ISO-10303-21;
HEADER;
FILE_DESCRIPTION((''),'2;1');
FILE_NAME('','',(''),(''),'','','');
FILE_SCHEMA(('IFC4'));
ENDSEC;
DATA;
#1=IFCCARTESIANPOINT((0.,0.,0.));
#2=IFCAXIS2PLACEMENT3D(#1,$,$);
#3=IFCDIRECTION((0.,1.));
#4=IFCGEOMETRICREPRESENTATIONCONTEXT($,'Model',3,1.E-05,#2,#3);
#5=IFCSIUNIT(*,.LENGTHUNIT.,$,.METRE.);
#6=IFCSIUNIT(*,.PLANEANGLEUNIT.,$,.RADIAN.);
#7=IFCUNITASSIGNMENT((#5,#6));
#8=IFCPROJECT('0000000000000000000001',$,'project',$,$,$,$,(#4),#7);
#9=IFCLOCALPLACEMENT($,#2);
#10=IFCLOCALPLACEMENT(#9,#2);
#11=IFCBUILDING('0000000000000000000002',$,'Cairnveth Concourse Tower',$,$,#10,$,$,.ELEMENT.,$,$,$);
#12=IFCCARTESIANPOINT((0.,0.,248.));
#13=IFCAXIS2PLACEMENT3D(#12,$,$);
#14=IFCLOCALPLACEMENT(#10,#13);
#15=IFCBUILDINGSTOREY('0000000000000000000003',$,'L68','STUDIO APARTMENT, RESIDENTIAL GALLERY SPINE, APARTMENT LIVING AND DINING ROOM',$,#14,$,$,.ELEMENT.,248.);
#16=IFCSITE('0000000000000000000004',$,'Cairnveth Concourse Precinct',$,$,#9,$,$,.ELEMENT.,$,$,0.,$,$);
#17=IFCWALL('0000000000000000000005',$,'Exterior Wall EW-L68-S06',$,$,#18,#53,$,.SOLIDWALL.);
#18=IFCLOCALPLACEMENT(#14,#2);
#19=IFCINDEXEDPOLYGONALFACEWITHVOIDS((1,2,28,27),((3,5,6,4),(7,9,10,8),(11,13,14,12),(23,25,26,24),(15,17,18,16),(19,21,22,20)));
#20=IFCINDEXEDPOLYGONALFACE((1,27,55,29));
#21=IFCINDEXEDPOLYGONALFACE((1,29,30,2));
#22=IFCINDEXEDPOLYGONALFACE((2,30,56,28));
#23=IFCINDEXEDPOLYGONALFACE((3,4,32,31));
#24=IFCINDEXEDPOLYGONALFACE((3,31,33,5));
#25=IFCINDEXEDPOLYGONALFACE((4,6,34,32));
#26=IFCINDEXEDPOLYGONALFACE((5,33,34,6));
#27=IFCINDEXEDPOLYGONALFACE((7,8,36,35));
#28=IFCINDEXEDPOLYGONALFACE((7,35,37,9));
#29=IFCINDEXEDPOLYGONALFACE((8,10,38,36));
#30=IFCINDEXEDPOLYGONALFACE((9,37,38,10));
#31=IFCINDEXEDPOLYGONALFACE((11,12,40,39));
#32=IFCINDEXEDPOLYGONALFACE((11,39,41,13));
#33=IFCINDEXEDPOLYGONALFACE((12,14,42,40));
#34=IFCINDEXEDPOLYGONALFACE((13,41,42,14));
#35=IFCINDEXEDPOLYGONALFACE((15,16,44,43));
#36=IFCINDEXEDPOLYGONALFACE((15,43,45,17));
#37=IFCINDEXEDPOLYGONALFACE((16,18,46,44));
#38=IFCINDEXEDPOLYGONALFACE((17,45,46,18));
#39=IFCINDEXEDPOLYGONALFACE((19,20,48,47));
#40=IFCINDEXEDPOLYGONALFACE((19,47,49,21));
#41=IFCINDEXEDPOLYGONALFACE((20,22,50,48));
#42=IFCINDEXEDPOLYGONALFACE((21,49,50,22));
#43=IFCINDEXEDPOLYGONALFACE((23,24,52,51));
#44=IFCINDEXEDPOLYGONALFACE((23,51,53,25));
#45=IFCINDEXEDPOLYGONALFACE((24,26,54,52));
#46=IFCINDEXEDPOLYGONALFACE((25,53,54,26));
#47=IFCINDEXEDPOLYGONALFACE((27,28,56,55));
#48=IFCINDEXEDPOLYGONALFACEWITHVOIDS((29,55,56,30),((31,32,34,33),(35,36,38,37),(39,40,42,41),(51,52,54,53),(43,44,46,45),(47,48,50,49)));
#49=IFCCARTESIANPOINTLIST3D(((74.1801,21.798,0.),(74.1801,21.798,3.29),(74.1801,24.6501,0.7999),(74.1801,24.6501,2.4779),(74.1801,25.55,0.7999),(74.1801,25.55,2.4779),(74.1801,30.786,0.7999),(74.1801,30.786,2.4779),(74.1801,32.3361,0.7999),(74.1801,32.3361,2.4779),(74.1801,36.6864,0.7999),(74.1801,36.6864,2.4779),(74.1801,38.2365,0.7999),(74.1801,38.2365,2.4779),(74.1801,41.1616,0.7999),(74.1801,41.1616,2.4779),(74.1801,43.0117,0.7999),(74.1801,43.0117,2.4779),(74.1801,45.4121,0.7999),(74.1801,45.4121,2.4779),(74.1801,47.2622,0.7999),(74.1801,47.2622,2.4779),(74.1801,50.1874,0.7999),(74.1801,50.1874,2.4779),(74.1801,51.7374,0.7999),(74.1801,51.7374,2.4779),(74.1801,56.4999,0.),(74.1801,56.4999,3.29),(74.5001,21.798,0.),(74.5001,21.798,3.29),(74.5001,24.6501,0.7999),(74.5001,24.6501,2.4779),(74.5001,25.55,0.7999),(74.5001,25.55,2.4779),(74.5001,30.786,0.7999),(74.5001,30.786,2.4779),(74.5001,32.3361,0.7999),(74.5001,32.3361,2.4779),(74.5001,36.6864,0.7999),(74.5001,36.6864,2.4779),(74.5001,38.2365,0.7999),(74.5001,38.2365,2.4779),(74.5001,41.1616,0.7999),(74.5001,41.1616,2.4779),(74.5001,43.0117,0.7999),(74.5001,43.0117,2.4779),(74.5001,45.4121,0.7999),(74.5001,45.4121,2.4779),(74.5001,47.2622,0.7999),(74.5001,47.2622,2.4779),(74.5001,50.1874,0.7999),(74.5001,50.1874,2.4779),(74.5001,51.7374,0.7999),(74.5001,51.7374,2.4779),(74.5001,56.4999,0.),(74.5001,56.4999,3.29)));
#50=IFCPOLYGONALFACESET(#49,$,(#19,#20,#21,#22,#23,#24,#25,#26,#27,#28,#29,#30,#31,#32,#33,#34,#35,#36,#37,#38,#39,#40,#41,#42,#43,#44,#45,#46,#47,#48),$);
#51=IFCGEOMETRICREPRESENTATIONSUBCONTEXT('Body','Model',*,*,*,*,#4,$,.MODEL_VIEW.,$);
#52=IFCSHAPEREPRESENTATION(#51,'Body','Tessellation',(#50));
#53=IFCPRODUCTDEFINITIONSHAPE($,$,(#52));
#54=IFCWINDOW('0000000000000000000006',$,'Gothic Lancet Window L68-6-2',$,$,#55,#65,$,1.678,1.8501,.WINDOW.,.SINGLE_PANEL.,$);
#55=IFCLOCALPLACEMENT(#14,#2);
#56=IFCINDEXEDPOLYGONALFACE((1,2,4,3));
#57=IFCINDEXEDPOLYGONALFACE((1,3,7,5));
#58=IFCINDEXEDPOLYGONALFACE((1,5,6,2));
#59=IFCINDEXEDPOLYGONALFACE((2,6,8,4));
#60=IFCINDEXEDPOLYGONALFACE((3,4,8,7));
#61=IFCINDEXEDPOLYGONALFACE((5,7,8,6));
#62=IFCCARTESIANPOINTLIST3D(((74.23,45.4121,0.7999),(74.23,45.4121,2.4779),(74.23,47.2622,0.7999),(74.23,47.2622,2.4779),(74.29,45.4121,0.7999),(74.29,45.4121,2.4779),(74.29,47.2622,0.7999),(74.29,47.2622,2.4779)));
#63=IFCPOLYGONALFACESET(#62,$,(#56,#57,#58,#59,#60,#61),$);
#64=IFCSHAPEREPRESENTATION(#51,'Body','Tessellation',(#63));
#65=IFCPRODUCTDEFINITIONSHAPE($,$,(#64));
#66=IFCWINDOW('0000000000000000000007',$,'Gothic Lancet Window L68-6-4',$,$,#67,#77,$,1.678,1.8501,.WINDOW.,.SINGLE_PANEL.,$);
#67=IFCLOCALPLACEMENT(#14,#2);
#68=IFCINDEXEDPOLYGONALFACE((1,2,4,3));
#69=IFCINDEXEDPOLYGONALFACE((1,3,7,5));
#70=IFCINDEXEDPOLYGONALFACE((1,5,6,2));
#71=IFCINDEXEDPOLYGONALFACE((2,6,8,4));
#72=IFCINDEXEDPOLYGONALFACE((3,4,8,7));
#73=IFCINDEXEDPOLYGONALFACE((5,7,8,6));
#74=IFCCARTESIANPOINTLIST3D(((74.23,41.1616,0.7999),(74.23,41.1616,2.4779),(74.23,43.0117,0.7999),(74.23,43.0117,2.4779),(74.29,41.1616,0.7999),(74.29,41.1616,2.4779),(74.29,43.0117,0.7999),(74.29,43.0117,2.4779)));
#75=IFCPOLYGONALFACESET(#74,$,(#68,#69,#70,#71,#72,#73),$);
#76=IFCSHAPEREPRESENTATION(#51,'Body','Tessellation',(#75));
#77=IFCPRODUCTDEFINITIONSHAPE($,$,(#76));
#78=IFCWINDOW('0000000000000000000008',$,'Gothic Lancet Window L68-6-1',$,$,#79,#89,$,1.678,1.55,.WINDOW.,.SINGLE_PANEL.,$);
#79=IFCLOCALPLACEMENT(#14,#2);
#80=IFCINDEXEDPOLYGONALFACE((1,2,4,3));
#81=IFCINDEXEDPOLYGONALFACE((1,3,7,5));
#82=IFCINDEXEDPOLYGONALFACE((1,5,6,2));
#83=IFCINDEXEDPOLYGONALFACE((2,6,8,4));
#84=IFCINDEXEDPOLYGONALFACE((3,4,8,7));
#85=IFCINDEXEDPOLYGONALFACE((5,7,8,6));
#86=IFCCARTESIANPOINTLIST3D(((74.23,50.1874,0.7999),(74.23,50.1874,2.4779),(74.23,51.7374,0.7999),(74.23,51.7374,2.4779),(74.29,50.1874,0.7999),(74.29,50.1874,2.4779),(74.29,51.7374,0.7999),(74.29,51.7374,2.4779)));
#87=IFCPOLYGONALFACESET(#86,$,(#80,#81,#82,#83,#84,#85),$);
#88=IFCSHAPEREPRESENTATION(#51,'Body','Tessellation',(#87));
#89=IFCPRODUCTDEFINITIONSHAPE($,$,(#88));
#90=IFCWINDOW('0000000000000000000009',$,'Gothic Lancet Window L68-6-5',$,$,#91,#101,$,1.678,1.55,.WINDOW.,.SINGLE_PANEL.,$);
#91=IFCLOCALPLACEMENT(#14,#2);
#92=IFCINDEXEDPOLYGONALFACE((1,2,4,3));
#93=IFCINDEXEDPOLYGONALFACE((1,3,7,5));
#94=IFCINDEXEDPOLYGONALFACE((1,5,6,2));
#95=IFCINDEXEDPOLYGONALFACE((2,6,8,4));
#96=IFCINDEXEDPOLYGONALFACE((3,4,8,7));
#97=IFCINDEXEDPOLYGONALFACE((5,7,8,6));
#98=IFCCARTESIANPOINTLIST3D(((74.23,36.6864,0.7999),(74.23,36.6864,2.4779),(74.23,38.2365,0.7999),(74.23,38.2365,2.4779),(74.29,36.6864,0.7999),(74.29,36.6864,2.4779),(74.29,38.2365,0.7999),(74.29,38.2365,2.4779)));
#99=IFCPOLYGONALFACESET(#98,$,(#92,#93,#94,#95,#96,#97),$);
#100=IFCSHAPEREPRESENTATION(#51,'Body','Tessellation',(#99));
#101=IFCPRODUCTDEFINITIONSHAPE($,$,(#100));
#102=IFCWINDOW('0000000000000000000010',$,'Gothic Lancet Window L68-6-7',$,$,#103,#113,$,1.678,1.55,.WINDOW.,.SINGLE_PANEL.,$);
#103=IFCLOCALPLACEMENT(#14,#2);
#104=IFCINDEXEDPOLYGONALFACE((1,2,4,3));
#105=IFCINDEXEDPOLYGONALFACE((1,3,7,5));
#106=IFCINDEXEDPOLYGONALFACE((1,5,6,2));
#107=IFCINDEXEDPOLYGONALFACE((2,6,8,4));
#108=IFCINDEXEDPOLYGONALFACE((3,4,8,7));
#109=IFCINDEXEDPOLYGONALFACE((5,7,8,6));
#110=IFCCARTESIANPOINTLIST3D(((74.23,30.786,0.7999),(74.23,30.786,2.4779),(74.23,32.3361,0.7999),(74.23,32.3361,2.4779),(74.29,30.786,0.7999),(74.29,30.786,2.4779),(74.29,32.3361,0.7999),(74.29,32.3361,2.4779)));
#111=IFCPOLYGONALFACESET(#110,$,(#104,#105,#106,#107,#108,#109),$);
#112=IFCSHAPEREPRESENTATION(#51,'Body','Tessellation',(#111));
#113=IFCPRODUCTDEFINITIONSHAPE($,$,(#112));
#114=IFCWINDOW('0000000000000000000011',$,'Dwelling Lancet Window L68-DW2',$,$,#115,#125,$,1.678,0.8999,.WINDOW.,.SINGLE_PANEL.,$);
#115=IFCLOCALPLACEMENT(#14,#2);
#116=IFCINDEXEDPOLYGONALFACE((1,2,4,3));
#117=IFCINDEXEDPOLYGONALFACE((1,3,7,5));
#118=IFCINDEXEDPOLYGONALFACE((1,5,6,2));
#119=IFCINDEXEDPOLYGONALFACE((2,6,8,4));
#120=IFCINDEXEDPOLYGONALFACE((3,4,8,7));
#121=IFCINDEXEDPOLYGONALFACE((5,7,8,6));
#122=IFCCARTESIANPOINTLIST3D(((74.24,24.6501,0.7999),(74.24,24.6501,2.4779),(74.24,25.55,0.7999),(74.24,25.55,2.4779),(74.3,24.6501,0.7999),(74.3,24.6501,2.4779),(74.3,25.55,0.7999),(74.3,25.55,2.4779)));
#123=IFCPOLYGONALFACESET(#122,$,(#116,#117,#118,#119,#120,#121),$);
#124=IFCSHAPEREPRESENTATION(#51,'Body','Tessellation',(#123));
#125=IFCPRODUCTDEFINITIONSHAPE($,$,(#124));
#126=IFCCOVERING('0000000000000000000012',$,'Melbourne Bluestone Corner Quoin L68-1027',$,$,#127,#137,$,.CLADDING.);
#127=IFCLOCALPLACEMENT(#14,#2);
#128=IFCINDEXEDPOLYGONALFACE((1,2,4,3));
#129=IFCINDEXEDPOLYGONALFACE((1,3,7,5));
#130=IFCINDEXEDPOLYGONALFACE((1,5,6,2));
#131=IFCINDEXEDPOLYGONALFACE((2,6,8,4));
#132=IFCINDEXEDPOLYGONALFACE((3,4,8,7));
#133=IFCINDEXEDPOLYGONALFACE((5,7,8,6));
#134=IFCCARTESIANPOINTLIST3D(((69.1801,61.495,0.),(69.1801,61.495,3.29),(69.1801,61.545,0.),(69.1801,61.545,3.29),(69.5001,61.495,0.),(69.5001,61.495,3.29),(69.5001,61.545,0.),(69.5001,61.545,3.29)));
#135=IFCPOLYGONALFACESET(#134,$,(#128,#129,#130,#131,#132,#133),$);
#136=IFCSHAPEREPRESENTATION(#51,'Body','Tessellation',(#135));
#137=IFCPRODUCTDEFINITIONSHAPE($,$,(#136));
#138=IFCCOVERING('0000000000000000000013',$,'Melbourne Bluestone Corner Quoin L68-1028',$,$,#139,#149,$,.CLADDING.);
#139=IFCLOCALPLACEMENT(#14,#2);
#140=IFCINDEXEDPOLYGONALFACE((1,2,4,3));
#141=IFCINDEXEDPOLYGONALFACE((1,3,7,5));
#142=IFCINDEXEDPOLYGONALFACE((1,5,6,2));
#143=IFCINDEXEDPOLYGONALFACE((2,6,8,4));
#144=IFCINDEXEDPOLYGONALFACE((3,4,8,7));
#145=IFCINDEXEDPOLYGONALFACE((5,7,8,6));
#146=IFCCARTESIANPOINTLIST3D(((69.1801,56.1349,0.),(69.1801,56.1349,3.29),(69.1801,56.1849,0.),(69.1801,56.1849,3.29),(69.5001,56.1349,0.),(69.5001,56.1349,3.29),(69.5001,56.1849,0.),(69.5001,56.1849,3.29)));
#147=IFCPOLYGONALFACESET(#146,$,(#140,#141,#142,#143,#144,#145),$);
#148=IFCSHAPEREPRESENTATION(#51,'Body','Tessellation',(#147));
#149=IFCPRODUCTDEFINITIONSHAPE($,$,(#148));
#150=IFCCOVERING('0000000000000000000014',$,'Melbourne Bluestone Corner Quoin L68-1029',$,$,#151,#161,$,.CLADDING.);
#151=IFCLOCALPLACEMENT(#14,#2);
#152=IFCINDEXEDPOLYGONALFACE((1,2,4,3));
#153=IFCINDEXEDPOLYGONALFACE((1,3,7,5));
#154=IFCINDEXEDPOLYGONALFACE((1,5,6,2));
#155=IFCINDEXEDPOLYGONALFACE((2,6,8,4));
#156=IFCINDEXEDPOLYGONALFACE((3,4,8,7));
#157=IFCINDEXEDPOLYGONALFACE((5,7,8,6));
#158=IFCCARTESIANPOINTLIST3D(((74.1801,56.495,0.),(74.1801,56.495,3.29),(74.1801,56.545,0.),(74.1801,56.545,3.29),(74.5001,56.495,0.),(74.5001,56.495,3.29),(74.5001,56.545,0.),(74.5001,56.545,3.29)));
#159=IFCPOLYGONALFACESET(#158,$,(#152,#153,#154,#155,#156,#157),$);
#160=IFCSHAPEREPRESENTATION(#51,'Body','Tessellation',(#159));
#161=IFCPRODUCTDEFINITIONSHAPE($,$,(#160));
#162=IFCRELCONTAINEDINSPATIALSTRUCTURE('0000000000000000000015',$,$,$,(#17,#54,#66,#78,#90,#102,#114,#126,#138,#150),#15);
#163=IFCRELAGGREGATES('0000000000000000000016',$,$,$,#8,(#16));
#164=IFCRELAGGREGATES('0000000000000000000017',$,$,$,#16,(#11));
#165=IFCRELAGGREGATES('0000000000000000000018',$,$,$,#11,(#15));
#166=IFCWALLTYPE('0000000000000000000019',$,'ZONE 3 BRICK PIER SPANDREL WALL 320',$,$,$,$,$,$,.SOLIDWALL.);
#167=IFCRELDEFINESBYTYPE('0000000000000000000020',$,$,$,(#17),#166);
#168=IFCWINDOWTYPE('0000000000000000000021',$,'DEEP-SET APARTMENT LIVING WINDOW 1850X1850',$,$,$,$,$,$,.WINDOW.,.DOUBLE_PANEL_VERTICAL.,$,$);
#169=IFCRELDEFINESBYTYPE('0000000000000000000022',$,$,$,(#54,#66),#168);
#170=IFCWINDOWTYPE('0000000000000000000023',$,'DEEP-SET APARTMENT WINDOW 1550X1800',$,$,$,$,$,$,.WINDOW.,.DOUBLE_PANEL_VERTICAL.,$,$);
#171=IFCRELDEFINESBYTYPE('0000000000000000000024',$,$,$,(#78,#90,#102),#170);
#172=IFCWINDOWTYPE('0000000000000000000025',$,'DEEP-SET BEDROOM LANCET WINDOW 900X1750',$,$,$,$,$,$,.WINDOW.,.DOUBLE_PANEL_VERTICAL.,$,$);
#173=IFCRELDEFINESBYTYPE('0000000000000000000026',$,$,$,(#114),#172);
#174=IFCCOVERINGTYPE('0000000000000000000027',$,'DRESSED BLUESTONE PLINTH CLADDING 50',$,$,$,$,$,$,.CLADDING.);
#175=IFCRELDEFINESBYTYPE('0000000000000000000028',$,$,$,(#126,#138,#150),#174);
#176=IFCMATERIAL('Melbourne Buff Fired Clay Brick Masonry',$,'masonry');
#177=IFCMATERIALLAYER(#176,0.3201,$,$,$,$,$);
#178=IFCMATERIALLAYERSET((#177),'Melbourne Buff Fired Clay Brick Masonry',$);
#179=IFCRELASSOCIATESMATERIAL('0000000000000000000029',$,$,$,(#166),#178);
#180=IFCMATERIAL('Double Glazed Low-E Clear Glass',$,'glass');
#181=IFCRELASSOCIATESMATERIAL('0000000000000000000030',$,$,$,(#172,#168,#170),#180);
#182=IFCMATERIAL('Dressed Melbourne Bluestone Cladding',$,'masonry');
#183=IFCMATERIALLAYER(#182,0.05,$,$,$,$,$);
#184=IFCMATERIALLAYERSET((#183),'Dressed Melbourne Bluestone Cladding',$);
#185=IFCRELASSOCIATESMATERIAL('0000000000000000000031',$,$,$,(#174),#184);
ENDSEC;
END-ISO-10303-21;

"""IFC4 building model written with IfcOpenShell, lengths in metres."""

from ifc_helpers import new_model, si_unit, direction, frame, frame_2d, origin, place, context, subcontext, project, spatial, rectangle, extrude, material, layer, layer_set, type_object, element, fill, save


model = new_model("IFC4")

# Units and contexts
model_context = context("Model", 3, precision=1e-05, world=origin(), true_north=direction((0.0, 1.0)))
body_context = subcontext(model_context, "Body", "Model", "MODEL_VIEW")
ifc_project = project(units=[si_unit("LENGTHUNIT", "METRE"), si_unit("PLANEANGLEUNIT", "RADIAN")], contexts=[model_context])

# Site, building, storey
site_placement = place(None, origin())
site = spatial("IfcSite", under=ifc_project, at=site_placement, Name="Cairnveth Concourse Precinct", CompositionType="ELEMENT", RefElevation=0.0)
building_placement = place(site_placement, origin())
building = spatial("IfcBuilding", under=site, at=building_placement, Name="Cairnveth Concourse Tower", CompositionType="ELEMENT")
storey_placement = place(building_placement, frame((0.0, 0.0, 248.0)))
storey = spatial("IfcBuildingStorey", under=building, at=storey_placement, Name="L68", Description="STUDIO APARTMENT, RESIDENTIAL GALLERY SPINE, APARTMENT LIVING AND DINING ROOM", CompositionType="ELEMENT", Elevation=248.0)

# Shared definitions
ifc_material_1 = material(Name="Melbourne Buff Fired Clay Brick Masonry", Category="masonry")
ifc_layer_1 = layer(ifc_material_1, 0.3201)
ifc_layer_set_1 = layer_set([ifc_layer_1], Name="Melbourne Buff Fired Clay Brick Masonry")
wall_type_1 = type_object("IfcWallType", Name="ZONE 3 BRICK PIER SPANDREL WALL 320", PredefinedType="SOLIDWALL", material=ifc_layer_set_1)
ifc_material_2 = material(Name="Double Glazed Low-E Clear Glass", Category="glass")
window_type_1 = type_object("IfcWindowType", Name="DEEP-SET BEDROOM LANCET WINDOW 900X1750", PartitioningType="DOUBLE_PANEL_VERTICAL", PredefinedType="WINDOW", material=ifc_material_2)

# Wall, openings, windows
wall_1_placement = place(storey_placement, frame((74.3401, 56.5, 0.0), z_axis=(0.0, 0.0, 1.0), x_axis=(0.0, -1.0, 0.0)))
wall_1 = element("IfcWall", 1, at=wall_1_placement, inside=storey, type_object=wall_type_1, Name="Exterior Wall EW-L68-S06", PredefinedType="SOLIDWALL", context=body_context, shape_type="SweptSolid", body=[
    extrude(rectangle(XDim=34.7019, YDim=0.3201, at=frame_2d((17.3511, 0.0))), origin(), (0.0, 0.0, 1.0), 3.29),
])
opening_1_placement = place(wall_1_placement, frame((4.7627, 0.0, 0.8)))
opening_1 = element("IfcOpeningElement", 2, at=opening_1_placement, cuts=wall_1, PredefinedType="OPENING", context=body_context, shape_type="SweptSolid", body=[
    extrude(rectangle(XDim=1.55, YDim=1.678, at=frame_2d((0.7749, 0.8389))), frame((0.0, 0.1699, 0.0), z_axis=(0.0, -1.0, 0.0), x_axis=(1.0, 0.0, 0.0)), (0.0, 0.0, 1.0), 0.3401),
])
opening_2_placement = place(wall_1_placement, frame((9.2378, 0.0, 0.8)))
opening_2 = element("IfcOpeningElement", 3, at=opening_2_placement, cuts=wall_1, PredefinedType="OPENING", context=body_context, shape_type="SweptSolid", body=[
    extrude(rectangle(XDim=1.8501, YDim=1.678, at=frame_2d((0.925, 0.8389))), frame((0.0, 0.1699, 0.0), z_axis=(0.0, -1.0, 0.0), x_axis=(1.0, 0.0, 0.0)), (0.0, 0.0, 1.0), 0.3401),
])
opening_3_placement = place(wall_1_placement, frame((13.4883, 0.0, 0.8)))
opening_3 = element("IfcOpeningElement", 4, at=opening_3_placement, cuts=wall_1, PredefinedType="OPENING", context=body_context, shape_type="SweptSolid", body=[
    extrude(rectangle(XDim=1.8501, YDim=1.678, at=frame_2d((0.925, 0.8389))), frame((0.0, 0.1699, 0.0), z_axis=(0.0, -1.0, 0.0), x_axis=(1.0, 0.0, 0.0)), (0.0, 0.0, 1.0), 0.3401),
])
opening_4_placement = place(wall_1_placement, frame((18.2637, 0.0, 0.8)))
opening_4 = element("IfcOpeningElement", 5, at=opening_4_placement, cuts=wall_1, PredefinedType="OPENING", context=body_context, shape_type="SweptSolid", body=[
    extrude(rectangle(XDim=1.55, YDim=1.678, at=frame_2d((0.7749, 0.8389))), frame((0.0, 0.1699, 0.0), z_axis=(0.0, -1.0, 0.0), x_axis=(1.0, 0.0, 0.0)), (0.0, 0.0, 1.0), 0.3401),
])
opening_5_placement = place(wall_1_placement, frame((24.1641, 0.0, 0.8)))
opening_5 = element("IfcOpeningElement", 6, at=opening_5_placement, cuts=wall_1, PredefinedType="OPENING", context=body_context, shape_type="SweptSolid", body=[
    extrude(rectangle(XDim=1.55, YDim=1.678, at=frame_2d((0.7749, 0.8389))), frame((0.0, 0.1699, 0.0), z_axis=(0.0, -1.0, 0.0), x_axis=(1.0, 0.0, 0.0)), (0.0, 0.0, 1.0), 0.3401),
])
opening_6_placement = place(wall_1_placement, frame((30.95, 0.0, 0.8)))
opening_6 = element("IfcOpeningElement", 7, at=opening_6_placement, cuts=wall_1, PredefinedType="OPENING", context=body_context, shape_type="SweptSolid", body=[
    extrude(rectangle(XDim=0.8999, YDim=1.678, at=frame_2d((0.45, 0.8389))), frame((0.0, 0.1699, 0.0), z_axis=(0.0, -1.0, 0.0), x_axis=(1.0, 0.0, 0.0)), (0.0, 0.0, 1.0), 0.3401),
])
window_type_2 = type_object("IfcWindowType", Name="DEEP-SET APARTMENT LIVING WINDOW 1850X1850", PartitioningType="DOUBLE_PANEL_VERTICAL", PredefinedType="WINDOW", material=ifc_material_2)
window_1_placement = place(opening_2_placement, origin())
window_1 = element("IfcWindow", 8, at=window_1_placement, inside=storey, type_object=window_type_2, Name="Gothic Lancet Window L68-6-2", OverallHeight=1.678, OverallWidth=1.8501, PartitioningType="SINGLE_PANEL", PredefinedType="WINDOW", context=body_context, shape_type="SweptSolid", body=[
    extrude(rectangle(XDim=1.8501, YDim=1.678, at=frame_2d((0.925, 0.8389))), frame((0.0, -0.05, 0.0), z_axis=(0.0, -1.0, 0.0), x_axis=(1.0, 0.0, 0.0)), (0.0, 0.0, 1.0), 0.0601),
])
fill(opening_2, window_1)
window_2_placement = place(opening_3_placement, origin())
window_2 = element("IfcWindow", 9, at=window_2_placement, inside=storey, type_object=window_type_2, Name="Gothic Lancet Window L68-6-4", OverallHeight=1.678, OverallWidth=1.8501, PartitioningType="SINGLE_PANEL", PredefinedType="WINDOW", context=body_context, shape_type="SweptSolid", body=[
    extrude(rectangle(XDim=1.8501, YDim=1.678, at=frame_2d((0.925, 0.8389))), frame((0.0, -0.05, 0.0), z_axis=(0.0, -1.0, 0.0), x_axis=(1.0, 0.0, 0.0)), (0.0, 0.0, 1.0), 0.0601),
])
fill(opening_3, window_2)
window_type_3 = type_object("IfcWindowType", Name="DEEP-SET APARTMENT WINDOW 1550X1800", PartitioningType="DOUBLE_PANEL_VERTICAL", PredefinedType="WINDOW", material=ifc_material_2)
window_3_placement = place(opening_1_placement, origin())
window_3 = element("IfcWindow", 10, at=window_3_placement, inside=storey, type_object=window_type_3, Name="Gothic Lancet Window L68-6-1", OverallHeight=1.678, OverallWidth=1.55, PartitioningType="SINGLE_PANEL", PredefinedType="WINDOW", context=body_context, shape_type="SweptSolid", body=[
    extrude(rectangle(XDim=1.55, YDim=1.678, at=frame_2d((0.7749, 0.8389))), frame((0.0, -0.05, 0.0), z_axis=(0.0, -1.0, 0.0), x_axis=(1.0, 0.0, 0.0)), (0.0, 0.0, 1.0), 0.0601),
])
fill(opening_1, window_3)
window_4_placement = place(opening_4_placement, origin())
window_4 = element("IfcWindow", 11, at=window_4_placement, inside=storey, type_object=window_type_3, Name="Gothic Lancet Window L68-6-5", OverallHeight=1.678, OverallWidth=1.55, PartitioningType="SINGLE_PANEL", PredefinedType="WINDOW", context=body_context, shape_type="SweptSolid", body=[
    extrude(rectangle(XDim=1.55, YDim=1.678, at=frame_2d((0.7749, 0.8389))), frame((0.0, -0.05, 0.0), z_axis=(0.0, -1.0, 0.0), x_axis=(1.0, 0.0, 0.0)), (0.0, 0.0, 1.0), 0.0601),
])
fill(opening_4, window_4)
window_5_placement = place(opening_5_placement, origin())
window_5 = element("IfcWindow", 12, at=window_5_placement, inside=storey, type_object=window_type_3, Name="Gothic Lancet Window L68-6-7", OverallHeight=1.678, OverallWidth=1.55, PartitioningType="SINGLE_PANEL", PredefinedType="WINDOW", context=body_context, shape_type="SweptSolid", body=[
    extrude(rectangle(XDim=1.55, YDim=1.678, at=frame_2d((0.7749, 0.8389))), frame((0.0, -0.05, 0.0), z_axis=(0.0, -1.0, 0.0), x_axis=(1.0, 0.0, 0.0)), (0.0, 0.0, 1.0), 0.0601),
])
fill(opening_5, window_5)
window_6_placement = place(opening_6_placement, origin())
window_6 = element("IfcWindow", 13, at=window_6_placement, inside=storey, type_object=window_type_1, Name="Dwelling Lancet Window L68-DW2", OverallHeight=1.678, OverallWidth=0.8999, PartitioningType="SINGLE_PANEL", PredefinedType="WINDOW", context=body_context, shape_type="SweptSolid", body=[
    extrude(rectangle(XDim=0.8999, YDim=1.678, at=frame_2d((0.45, 0.8389))), frame((0.0, -0.04, 0.0), z_axis=(0.0, -1.0, 0.0), x_axis=(1.0, 0.0, 0.0)), (0.0, 0.0, 1.0), 0.0601),
])
fill(opening_6, window_6)

# Coverings
ifc_material_3 = material(Name="Dressed Melbourne Bluestone Cladding", Category="masonry")
ifc_layer_2 = layer(ifc_material_3, 0.05)
ifc_layer_set_2 = layer_set([ifc_layer_2], Name="Dressed Melbourne Bluestone Cladding")
covering_type = type_object("IfcCoveringType", Name="DRESSED BLUESTONE PLINTH CLADDING 50", PredefinedType="CLADDING", material=ifc_layer_set_2)
for number, where, z_axis, x_axis, name in (
    (14, (69.1799, 61.52, 0.0), (0.0, 0.0, 1.0), (1.0, 0.0, 0.0), "Melbourne Bluestone Corner Quoin L68-1027"),
    (15, (69.1799, 56.1599, 0.0), (0.0, 0.0, 1.0), (1.0, 0.0, 0.0), "Melbourne Bluestone Corner Quoin L68-1028"),
    (16, (74.1799, 56.52, 0.0), (0.0, 0.0, 1.0), (1.0, 0.0, 0.0), "Melbourne Bluestone Corner Quoin L68-1029"),
):
    element("IfcCovering", number, at=place(storey_placement, frame(where, z_axis=z_axis, x_axis=x_axis)), inside=storey, type_object=covering_type, Name=name, PredefinedType="CLADDING", context=body_context, shape_type="SweptSolid", body=[
        extrude(rectangle(XDim=0.3201, YDim=0.05, at=frame_2d((0.1602, 0.0))), origin(), (0.0, 0.0, 1.0), 3.29),
    ])

save(model, "model.ifc")
